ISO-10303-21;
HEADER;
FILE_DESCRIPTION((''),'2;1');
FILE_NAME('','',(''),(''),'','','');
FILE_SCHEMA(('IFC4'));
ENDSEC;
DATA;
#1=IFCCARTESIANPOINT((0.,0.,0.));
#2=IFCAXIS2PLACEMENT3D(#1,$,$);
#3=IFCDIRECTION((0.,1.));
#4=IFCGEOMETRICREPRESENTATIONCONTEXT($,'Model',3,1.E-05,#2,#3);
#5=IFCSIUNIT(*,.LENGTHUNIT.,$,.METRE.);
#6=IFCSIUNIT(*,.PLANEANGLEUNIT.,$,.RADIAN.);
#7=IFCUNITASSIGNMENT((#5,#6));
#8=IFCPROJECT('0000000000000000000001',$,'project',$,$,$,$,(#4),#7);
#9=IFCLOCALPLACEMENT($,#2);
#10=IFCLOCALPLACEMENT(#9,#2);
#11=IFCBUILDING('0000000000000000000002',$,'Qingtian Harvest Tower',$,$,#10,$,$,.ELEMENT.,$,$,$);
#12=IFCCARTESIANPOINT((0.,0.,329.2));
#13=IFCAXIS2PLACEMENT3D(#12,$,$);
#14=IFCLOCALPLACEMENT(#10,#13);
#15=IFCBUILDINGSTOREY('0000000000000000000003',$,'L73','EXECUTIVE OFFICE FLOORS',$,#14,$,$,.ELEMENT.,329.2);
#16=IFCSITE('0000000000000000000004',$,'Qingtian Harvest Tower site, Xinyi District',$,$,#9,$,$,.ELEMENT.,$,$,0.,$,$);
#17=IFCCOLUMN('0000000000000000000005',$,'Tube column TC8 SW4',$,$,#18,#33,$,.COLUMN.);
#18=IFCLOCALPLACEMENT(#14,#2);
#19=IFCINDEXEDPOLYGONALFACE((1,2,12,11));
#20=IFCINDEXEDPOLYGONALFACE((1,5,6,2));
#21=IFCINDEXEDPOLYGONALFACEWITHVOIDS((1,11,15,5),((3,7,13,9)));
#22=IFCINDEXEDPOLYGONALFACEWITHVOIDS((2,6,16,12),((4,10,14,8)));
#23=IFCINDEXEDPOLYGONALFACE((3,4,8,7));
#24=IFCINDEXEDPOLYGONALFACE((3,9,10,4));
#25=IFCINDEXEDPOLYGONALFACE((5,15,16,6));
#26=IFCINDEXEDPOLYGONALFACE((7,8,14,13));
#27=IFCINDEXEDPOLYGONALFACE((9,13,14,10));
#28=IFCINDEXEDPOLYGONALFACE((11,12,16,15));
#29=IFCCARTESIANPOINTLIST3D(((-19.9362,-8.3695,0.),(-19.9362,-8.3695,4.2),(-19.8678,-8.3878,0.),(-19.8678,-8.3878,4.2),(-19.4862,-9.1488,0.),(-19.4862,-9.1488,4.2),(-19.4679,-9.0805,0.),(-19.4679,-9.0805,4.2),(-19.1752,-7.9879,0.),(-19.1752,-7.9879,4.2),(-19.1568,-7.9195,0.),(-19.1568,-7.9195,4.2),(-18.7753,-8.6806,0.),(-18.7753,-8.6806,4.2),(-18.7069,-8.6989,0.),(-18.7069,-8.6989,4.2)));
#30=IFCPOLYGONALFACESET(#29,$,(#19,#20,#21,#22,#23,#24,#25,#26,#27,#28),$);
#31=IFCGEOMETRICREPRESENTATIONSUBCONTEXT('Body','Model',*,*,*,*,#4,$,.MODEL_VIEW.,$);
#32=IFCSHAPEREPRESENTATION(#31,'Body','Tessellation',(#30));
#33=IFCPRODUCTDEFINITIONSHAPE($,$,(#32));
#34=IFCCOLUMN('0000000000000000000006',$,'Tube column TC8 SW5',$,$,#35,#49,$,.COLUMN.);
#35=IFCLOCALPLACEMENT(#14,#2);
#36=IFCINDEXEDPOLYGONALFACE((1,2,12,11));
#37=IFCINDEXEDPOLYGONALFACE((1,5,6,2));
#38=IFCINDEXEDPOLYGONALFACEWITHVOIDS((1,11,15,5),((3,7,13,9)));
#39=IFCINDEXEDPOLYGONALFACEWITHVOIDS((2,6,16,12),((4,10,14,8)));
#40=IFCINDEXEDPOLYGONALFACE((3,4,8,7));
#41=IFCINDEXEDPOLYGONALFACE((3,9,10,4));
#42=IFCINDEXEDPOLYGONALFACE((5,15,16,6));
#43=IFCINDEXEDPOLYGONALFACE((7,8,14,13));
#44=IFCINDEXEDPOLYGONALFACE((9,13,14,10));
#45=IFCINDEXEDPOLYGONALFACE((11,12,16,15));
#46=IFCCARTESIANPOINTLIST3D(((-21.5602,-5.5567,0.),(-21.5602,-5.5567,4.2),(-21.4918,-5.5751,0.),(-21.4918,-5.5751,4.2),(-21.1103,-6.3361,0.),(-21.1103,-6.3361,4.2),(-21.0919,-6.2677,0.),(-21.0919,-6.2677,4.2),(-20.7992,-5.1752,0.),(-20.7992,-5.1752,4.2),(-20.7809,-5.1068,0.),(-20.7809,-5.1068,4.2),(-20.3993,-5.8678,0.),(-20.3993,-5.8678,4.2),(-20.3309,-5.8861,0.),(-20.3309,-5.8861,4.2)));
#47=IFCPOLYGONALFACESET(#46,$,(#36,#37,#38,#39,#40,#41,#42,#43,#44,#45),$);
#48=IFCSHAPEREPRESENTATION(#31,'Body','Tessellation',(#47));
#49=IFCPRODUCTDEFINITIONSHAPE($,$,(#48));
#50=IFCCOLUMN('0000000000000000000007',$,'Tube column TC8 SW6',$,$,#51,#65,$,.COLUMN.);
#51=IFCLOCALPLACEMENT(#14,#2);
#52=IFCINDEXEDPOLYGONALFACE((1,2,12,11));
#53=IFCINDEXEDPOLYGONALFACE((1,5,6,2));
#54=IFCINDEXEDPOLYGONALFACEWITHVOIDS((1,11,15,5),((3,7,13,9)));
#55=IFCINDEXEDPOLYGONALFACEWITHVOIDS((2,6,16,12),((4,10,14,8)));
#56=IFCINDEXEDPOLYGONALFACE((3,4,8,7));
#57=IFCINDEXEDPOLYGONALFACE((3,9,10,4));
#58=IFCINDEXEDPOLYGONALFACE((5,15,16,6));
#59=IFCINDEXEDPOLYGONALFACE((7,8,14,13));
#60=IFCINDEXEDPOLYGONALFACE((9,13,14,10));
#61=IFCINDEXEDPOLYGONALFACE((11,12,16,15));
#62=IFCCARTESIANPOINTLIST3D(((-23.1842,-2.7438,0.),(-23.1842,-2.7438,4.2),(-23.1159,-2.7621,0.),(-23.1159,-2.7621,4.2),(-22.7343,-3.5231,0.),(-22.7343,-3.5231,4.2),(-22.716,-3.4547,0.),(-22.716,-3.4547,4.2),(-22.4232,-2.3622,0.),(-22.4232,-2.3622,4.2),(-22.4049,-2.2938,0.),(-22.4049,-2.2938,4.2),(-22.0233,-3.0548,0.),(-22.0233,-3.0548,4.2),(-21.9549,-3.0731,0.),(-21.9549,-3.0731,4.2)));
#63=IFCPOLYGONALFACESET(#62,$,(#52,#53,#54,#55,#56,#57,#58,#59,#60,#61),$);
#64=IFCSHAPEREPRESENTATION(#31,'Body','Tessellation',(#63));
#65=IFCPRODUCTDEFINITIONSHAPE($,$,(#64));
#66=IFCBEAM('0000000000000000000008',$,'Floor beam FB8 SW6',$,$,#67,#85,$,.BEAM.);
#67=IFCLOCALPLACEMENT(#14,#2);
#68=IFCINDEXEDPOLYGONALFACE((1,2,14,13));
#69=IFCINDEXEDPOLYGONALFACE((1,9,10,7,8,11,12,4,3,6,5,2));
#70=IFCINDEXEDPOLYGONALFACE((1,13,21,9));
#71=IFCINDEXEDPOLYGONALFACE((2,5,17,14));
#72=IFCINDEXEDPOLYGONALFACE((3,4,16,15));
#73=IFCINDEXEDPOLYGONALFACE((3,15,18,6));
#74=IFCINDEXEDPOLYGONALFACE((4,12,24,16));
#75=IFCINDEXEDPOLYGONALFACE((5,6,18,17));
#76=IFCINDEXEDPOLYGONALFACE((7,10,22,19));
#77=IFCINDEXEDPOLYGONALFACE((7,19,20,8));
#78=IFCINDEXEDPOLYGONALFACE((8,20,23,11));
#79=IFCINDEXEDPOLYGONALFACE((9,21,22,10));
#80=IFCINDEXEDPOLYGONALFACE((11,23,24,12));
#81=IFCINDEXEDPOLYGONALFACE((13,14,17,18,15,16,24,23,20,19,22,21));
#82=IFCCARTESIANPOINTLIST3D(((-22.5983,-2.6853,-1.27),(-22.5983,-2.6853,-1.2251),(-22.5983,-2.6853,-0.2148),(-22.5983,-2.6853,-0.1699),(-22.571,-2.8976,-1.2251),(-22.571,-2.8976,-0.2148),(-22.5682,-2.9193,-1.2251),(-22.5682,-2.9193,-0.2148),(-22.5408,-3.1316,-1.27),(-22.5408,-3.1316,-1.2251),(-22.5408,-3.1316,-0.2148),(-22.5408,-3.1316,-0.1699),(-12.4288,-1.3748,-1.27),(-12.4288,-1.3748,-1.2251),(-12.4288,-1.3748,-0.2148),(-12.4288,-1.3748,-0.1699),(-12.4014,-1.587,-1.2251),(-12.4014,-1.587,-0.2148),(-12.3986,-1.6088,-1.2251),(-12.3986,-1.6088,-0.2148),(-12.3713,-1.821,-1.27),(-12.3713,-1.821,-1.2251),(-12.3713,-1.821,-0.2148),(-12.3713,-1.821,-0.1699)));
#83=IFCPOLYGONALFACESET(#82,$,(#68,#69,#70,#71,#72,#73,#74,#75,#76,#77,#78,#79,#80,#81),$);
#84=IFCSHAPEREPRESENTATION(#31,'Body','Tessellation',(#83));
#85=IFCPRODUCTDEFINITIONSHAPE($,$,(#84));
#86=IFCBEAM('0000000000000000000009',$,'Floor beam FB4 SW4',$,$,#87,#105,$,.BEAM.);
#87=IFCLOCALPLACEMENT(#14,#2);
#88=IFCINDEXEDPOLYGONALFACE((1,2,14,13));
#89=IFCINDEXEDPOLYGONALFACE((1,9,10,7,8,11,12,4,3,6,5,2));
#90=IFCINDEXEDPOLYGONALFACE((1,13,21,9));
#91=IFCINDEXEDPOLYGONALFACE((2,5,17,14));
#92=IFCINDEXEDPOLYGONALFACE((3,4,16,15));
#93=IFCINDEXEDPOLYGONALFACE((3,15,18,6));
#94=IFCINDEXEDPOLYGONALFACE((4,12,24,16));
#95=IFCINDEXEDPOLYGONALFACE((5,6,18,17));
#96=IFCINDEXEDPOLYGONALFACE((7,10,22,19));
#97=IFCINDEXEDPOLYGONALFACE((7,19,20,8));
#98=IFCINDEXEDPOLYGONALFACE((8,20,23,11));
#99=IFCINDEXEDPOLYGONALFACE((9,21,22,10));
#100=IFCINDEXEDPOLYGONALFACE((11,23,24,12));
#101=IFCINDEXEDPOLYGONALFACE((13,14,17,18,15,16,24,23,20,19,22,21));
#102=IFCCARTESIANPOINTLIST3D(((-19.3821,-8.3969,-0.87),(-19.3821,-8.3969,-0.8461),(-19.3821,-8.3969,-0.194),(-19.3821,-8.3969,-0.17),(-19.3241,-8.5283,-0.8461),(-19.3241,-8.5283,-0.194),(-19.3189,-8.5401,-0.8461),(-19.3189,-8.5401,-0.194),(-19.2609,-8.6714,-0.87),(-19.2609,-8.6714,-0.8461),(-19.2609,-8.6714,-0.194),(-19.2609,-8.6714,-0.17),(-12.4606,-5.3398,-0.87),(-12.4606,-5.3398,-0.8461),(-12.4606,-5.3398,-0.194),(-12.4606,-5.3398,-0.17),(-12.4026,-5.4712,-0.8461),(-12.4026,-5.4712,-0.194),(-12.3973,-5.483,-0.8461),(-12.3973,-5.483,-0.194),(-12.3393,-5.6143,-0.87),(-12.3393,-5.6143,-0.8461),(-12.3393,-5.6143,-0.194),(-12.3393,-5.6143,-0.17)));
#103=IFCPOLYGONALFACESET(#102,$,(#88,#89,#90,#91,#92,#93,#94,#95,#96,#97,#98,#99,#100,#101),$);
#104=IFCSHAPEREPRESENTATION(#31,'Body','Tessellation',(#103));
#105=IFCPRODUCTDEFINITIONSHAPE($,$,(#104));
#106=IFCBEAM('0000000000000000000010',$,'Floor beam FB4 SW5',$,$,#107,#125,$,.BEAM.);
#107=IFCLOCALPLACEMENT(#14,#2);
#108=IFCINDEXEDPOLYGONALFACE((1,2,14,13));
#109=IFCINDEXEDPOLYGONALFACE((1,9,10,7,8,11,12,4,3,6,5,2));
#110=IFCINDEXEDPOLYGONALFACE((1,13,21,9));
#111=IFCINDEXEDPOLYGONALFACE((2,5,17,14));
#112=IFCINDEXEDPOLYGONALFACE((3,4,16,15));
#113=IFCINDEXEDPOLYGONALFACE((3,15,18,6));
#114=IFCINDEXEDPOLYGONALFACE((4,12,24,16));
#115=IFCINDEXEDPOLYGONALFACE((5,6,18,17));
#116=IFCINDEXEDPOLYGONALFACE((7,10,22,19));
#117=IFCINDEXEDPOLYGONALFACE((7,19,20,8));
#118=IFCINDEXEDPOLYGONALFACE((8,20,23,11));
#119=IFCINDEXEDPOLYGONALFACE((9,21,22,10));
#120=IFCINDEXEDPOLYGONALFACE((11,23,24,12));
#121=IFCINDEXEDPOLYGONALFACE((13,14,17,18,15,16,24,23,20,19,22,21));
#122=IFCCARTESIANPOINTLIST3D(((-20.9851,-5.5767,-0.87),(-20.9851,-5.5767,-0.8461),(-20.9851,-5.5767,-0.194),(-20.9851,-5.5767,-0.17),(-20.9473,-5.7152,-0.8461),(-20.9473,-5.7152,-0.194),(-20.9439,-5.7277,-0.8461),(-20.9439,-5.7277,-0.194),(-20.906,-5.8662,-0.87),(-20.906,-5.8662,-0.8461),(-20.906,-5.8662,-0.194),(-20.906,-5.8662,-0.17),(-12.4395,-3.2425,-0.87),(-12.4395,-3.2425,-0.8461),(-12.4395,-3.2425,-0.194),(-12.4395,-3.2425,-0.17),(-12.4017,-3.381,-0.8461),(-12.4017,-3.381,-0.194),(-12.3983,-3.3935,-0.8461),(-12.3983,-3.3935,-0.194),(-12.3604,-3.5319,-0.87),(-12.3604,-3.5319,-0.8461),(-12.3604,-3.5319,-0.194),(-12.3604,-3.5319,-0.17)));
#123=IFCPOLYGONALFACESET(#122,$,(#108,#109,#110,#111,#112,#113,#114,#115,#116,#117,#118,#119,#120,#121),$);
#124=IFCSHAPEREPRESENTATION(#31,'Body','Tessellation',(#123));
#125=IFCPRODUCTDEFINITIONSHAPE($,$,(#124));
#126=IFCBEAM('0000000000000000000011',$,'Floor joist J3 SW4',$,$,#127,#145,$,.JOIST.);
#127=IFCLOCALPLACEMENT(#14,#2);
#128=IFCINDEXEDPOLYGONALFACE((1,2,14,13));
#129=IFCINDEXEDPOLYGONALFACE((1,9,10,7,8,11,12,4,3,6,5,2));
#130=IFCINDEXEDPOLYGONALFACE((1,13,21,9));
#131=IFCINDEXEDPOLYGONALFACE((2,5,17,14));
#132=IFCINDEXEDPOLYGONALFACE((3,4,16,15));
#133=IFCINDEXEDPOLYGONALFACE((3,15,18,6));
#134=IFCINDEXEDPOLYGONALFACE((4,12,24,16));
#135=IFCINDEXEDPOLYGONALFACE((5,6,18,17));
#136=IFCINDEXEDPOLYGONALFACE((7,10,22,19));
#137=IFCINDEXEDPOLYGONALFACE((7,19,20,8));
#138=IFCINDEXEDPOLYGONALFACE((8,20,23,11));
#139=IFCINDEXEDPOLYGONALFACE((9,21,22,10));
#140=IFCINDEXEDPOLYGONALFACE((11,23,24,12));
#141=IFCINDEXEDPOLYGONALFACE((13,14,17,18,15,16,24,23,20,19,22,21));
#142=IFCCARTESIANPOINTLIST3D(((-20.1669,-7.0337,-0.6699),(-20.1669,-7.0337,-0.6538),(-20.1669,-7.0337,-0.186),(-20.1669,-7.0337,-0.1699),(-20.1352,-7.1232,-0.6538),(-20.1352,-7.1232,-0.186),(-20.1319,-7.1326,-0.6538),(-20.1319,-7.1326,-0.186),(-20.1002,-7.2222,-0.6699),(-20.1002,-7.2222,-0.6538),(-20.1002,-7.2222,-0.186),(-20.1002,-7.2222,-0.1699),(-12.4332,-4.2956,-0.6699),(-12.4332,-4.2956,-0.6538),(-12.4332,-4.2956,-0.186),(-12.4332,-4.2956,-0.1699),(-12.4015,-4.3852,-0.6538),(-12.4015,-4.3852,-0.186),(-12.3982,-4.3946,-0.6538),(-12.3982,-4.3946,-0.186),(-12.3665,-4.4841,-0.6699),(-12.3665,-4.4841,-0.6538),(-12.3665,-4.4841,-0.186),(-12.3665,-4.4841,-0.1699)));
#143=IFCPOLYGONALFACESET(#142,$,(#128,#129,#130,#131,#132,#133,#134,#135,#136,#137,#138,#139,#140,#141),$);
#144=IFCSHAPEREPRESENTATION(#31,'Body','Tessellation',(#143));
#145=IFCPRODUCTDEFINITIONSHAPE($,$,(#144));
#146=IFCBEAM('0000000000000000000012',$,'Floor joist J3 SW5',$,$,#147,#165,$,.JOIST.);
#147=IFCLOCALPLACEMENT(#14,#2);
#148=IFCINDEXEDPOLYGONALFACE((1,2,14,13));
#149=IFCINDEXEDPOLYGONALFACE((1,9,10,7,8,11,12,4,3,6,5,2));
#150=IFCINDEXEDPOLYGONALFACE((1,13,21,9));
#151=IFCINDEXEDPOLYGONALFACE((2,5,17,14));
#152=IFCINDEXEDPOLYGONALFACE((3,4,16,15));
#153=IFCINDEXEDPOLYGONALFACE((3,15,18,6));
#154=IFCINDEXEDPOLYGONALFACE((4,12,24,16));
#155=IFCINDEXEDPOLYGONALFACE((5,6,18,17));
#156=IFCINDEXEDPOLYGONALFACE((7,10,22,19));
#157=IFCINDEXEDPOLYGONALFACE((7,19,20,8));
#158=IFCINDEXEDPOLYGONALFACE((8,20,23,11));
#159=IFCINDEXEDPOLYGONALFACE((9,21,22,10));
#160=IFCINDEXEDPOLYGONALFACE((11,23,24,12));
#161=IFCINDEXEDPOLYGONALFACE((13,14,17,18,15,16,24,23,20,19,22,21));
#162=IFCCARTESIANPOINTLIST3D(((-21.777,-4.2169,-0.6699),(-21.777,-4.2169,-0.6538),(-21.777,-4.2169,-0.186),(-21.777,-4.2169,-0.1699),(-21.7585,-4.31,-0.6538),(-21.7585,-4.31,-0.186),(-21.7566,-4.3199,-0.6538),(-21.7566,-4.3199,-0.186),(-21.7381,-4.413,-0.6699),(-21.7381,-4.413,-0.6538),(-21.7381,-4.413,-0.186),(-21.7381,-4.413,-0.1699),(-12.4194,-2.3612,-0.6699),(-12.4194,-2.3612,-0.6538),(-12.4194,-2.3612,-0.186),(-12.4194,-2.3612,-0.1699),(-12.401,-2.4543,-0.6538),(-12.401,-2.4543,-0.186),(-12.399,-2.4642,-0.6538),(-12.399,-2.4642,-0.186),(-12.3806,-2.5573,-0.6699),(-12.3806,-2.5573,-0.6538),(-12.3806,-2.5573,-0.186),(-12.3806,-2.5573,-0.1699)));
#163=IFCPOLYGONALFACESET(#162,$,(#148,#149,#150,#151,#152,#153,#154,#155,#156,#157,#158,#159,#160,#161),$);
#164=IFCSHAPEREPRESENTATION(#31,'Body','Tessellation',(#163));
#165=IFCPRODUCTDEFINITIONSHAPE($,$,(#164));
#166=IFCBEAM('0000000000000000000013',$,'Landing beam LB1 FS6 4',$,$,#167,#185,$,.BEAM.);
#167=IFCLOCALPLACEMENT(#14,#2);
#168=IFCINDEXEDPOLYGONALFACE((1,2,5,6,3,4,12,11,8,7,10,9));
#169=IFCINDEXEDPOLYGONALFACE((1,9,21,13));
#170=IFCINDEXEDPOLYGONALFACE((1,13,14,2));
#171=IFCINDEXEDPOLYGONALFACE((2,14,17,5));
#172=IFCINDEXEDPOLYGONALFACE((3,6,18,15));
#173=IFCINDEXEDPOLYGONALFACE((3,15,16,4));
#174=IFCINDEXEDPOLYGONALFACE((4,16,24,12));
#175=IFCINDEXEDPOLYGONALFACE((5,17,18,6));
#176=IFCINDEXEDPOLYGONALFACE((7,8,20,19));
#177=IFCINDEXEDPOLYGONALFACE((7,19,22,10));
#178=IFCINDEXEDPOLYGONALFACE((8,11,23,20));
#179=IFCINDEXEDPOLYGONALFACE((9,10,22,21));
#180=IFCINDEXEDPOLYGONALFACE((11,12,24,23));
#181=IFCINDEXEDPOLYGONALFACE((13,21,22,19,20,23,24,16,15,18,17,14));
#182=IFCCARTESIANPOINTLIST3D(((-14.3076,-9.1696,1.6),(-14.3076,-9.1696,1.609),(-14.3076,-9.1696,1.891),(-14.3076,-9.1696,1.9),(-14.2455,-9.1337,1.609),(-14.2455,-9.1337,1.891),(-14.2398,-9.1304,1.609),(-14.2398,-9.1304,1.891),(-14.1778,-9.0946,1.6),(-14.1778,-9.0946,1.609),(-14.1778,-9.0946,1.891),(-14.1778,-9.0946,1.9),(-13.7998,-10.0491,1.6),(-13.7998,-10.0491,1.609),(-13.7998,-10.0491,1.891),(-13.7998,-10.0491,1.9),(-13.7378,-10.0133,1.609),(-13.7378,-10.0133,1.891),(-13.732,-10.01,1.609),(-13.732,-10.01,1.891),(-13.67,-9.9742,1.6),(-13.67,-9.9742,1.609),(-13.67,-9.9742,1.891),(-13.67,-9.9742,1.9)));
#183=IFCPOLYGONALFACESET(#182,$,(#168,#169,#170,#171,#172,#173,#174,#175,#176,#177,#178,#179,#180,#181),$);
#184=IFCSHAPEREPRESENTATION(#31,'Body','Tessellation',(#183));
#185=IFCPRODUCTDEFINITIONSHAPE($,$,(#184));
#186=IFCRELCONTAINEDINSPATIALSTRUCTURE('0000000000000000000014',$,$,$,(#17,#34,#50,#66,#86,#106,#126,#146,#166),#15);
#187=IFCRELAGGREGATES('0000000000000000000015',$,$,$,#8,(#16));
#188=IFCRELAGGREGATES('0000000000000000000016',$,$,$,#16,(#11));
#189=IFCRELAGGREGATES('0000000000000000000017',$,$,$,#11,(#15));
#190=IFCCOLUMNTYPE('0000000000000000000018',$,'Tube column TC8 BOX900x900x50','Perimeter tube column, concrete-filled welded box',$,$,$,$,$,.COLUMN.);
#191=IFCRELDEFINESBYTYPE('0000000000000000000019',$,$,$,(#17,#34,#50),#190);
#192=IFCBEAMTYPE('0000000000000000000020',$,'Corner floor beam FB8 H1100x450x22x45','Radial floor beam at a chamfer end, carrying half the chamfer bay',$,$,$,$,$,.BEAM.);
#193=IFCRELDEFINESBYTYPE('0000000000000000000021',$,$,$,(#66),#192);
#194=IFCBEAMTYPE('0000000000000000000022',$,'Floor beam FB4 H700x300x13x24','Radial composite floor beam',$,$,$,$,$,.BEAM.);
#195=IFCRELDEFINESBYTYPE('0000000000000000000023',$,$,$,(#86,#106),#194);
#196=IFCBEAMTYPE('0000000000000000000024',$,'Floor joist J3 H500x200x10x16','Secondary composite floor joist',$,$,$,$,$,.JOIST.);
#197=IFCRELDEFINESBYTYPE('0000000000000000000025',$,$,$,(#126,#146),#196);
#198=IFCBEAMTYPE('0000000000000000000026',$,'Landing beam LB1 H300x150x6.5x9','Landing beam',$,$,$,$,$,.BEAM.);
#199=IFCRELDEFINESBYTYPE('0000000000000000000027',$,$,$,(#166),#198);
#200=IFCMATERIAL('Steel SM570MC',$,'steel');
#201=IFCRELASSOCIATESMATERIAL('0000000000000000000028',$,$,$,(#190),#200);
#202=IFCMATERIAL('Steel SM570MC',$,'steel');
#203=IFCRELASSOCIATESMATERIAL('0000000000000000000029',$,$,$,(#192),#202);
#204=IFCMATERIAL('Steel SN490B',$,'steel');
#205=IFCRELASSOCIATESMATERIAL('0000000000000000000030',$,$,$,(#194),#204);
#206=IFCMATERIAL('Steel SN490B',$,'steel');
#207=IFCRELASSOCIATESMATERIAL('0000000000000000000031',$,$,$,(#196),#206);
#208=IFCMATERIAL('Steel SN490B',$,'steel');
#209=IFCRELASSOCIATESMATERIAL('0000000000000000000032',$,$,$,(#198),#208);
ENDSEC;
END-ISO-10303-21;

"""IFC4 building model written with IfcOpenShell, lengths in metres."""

from ifc_helpers import new_model, si_unit, direction, frame, origin, origin_2d, place, context, subcontext, project, spatial, hollow_rectangle, i_section, extrude, material, material_profile, profile_set, type_object, element, save


model = new_model("IFC4")

# Units and contexts
model_context = context("Model", 3, precision=1e-05, world=origin(), true_north=direction((0.0, 1.0)))
body_context = subcontext(model_context, "Body", "Model", "MODEL_VIEW")
ifc_project = project(units=[si_unit("LENGTHUNIT", "METRE"), si_unit("PLANEANGLEUNIT", "RADIAN")], contexts=[model_context])

# Site, building, storey
site_placement = place(None, origin())
site = spatial("IfcSite", under=ifc_project, at=site_placement, Name="Qingtian Harvest Tower site, Xinyi District", CompositionType="ELEMENT", RefElevation=0.0)
building_placement = place(site_placement, origin())
building = spatial("IfcBuilding", under=site, at=building_placement, Name="Qingtian Harvest Tower", CompositionType="ELEMENT")
storey_placement = place(building_placement, frame((0.0, 0.0, 329.2)))
storey = spatial("IfcBuildingStorey", under=building, at=storey_placement, Name="L73", Description="EXECUTIVE OFFICE FLOORS", CompositionType="ELEMENT", Elevation=329.2)

# Columns
ifc_material_1 = material(Name="Steel SM570MC", Category="steel")
ifc_material_profile_1 = material_profile(ifc_material_1, hollow_rectangle(XDim=0.8999, YDim=0.8999, WallThickness=0.05, at=origin_2d()), Name="BOX900x900x50")
ifc_profile_set_1 = profile_set([ifc_material_profile_1], Name="Steel SM570MC")
column_type = type_object("IfcColumnType", Name="Tube column TC8 BOX900x900x50", Description="Perimeter tube column, concrete-filled welded box", PredefinedType="COLUMN", material=ifc_profile_set_1)
for number, where, z_axis, x_axis, name in (
    (1, (-19.3215, -8.5342, 0.0), (0.0, 0.0, 1.0), (0.5, -0.866025, 0.0), "Tube column TC8 SW4"),
    (2, (-20.9456, -5.7214, 0.0), (0.0, 0.0, 1.0), (0.5, -0.866025, 0.0), "Tube column TC8 SW5"),
    (3, (-22.5696, -2.9084, 0.0), (0.0, 0.0, 1.0), (0.5, -0.866025, 0.0), "Tube column TC8 SW6"),
):
    element("IfcColumn", number, at=place(storey_placement, frame(where, z_axis=z_axis, x_axis=x_axis)), inside=storey, type_object=column_type, Name=name, PredefinedType="COLUMN", context=body_context, shape_type="SweptSolid", body=[
        extrude(hollow_rectangle(XDim=0.8999, YDim=0.8999, WallThickness=0.05, at=origin_2d()), origin(), (0.0, 0.0, 1.0), 4.2),
    ])

# Beams
ifc_material_2 = material(Name="Steel SM570MC", Category="steel")
ifc_material_profile_2 = material_profile(ifc_material_2, i_section(OverallWidth=0.45, OverallDepth=1.1001, WebThickness=0.022, FlangeThickness=0.0449, at=origin_2d()), Name="H1100x450x22x45")
ifc_profile_set_2 = profile_set([ifc_material_profile_2], Name="Steel SM570MC")
beam_type_1 = type_object("IfcBeamType", Name="Corner floor beam FB8 H1100x450x22x45", Description="Radial floor beam at a chamfer end, carrying half the chamfer bay", PredefinedType="BEAM", material=ifc_profile_set_2)
beam_1_placement = place(storey_placement, frame((-22.5696, -2.9084, -0.72), z_axis=(0.991799, 0.127811, 0.0), x_axis=(-0.127811, 0.991799, 0.0)))
element("IfcBeam", 4, at=beam_1_placement, inside=storey, type_object=beam_type_1, Name="Floor beam FB8 SW6", PredefinedType="BEAM", context=body_context, shape_type="SweptSolid", body=[
    extrude(i_section(OverallWidth=0.45, OverallDepth=1.1001, WebThickness=0.022, FlangeThickness=0.0449, at=origin_2d()), origin(), (0.0, 0.0, 1.0), 10.2537),
])
ifc_material_3 = material(Name="Steel SN490B", Category="steel")
ifc_material_profile_3 = material_profile(ifc_material_3, i_section(OverallWidth=0.3, OverallDepth=0.7, WebThickness=0.0129, FlangeThickness=0.0239, at=origin_2d()), Name="H700x300x13x24")
ifc_profile_set_3 = profile_set([ifc_material_profile_3], Name="Steel SN490B")
beam_type_2 = type_object("IfcBeamType", Name="Floor beam FB4 H700x300x13x24", Description="Radial composite floor beam", PredefinedType="BEAM", material=ifc_profile_set_3)
beam_2_placement = place(storey_placement, frame((-19.3215, -8.5342, -0.52), z_axis=(0.914748, 0.404024, 0.0), x_axis=(-0.404024, 0.914748, 0.0)))
element("IfcBeam", 5, at=beam_2_placement, inside=storey, type_object=beam_type_2, Name="Floor beam FB4 SW4", PredefinedType="BEAM", context=body_context, shape_type="SweptSolid", body=[
    extrude(i_section(OverallWidth=0.3, OverallDepth=0.7, WebThickness=0.0129, FlangeThickness=0.0239, at=origin_2d()), origin(), (0.0, 0.0, 1.0), 7.5667),
])
beam_3_placement = place(storey_placement, frame((-20.9456, -5.7214, -0.52), z_axis=(0.964661, 0.263495, 0.0), x_axis=(-0.263495, 0.964661, 0.0)))
element("IfcBeam", 6, at=beam_3_placement, inside=storey, type_object=beam_type_2, Name="Floor beam FB4 SW5", PredefinedType="BEAM", context=body_context, shape_type="SweptSolid", body=[
    extrude(i_section(OverallWidth=0.3, OverallDepth=0.7, WebThickness=0.0129, FlangeThickness=0.0239, at=origin_2d()), origin(), (0.0, 0.0, 1.0), 8.8586),
])
ifc_material_4 = material(Name="Steel SN490B", Category="steel")
ifc_material_profile_4 = material_profile(ifc_material_4, i_section(OverallWidth=0.2, OverallDepth=0.5, WebThickness=0.01, FlangeThickness=0.0161, at=origin_2d()), Name="H500x200x10x16")
ifc_profile_set_4 = profile_set([ifc_material_profile_4], Name="Steel SN490B")
beam_type_3 = type_object("IfcBeamType", Name="Floor joist J3 H500x200x10x16", Description="Secondary composite floor joist", PredefinedType="JOIST", material=ifc_profile_set_4)
beam_4_placement = place(storey_placement, frame((-20.1335, -7.1279, -0.4199), z_axis=(0.942664, 0.333743, 0.0), x_axis=(-0.333743, 0.942664, 0.0)))
element("IfcBeam", 7, at=beam_4_placement, inside=storey, type_object=beam_type_3, Name="Floor joist J3 SW4", PredefinedType="JOIST", context=body_context, shape_type="SweptSolid", body=[
    extrude(i_section(OverallWidth=0.2, OverallDepth=0.5, WebThickness=0.01, FlangeThickness=0.0161, at=origin_2d()), origin(), (0.0, 0.0, 1.0), 8.2041),
])
beam_5_placement = place(storey_placement, frame((-21.7576, -4.3149, -0.4199), z_axis=(0.980898, 0.194521, 0.0), x_axis=(-0.194521, 0.980898, 0.0)))
element("IfcBeam", 8, at=beam_5_placement, inside=storey, type_object=beam_type_3, Name="Floor joist J3 SW5", PredefinedType="JOIST", context=body_context, shape_type="SweptSolid", body=[
    extrude(i_section(OverallWidth=0.2, OverallDepth=0.5, WebThickness=0.01, FlangeThickness=0.0161, at=origin_2d()), origin(), (0.0, 0.0, 1.0), 9.5398),
])
ifc_material_5 = material(Name="Steel SN490B", Category="steel")
ifc_material_profile_5 = material_profile(ifc_material_5, i_section(OverallWidth=0.1499, OverallDepth=0.3, WebThickness=0.0066, FlangeThickness=0.009, at=origin_2d()), Name="H300x150x6.5x9")
ifc_profile_set_5 = profile_set([ifc_material_profile_5], Name="Steel SN490B")
beam_type_4 = type_object("IfcBeamType", Name="Landing beam LB1 H300x150x6.5x9", Description="Landing beam", PredefinedType="BEAM", material=ifc_profile_set_5)
beam_6_placement = place(storey_placement, frame((-14.2427, -9.1321, 1.75), z_axis=(0.499965, -0.866045, 0.0), x_axis=(0.866045, 0.499965, 0.0)))
element("IfcBeam", 9, at=beam_6_placement, inside=storey, type_object=beam_type_4, Name="Landing beam LB1 FS6 4", PredefinedType="BEAM", context=body_context, shape_type="SweptSolid", body=[
    extrude(i_section(OverallWidth=0.1499, OverallDepth=0.3, WebThickness=0.0066, FlangeThickness=0.009, at=origin_2d()), origin(), (0.0, 0.0, 1.0), 1.0156),
])

save(model, "model.ifc")
